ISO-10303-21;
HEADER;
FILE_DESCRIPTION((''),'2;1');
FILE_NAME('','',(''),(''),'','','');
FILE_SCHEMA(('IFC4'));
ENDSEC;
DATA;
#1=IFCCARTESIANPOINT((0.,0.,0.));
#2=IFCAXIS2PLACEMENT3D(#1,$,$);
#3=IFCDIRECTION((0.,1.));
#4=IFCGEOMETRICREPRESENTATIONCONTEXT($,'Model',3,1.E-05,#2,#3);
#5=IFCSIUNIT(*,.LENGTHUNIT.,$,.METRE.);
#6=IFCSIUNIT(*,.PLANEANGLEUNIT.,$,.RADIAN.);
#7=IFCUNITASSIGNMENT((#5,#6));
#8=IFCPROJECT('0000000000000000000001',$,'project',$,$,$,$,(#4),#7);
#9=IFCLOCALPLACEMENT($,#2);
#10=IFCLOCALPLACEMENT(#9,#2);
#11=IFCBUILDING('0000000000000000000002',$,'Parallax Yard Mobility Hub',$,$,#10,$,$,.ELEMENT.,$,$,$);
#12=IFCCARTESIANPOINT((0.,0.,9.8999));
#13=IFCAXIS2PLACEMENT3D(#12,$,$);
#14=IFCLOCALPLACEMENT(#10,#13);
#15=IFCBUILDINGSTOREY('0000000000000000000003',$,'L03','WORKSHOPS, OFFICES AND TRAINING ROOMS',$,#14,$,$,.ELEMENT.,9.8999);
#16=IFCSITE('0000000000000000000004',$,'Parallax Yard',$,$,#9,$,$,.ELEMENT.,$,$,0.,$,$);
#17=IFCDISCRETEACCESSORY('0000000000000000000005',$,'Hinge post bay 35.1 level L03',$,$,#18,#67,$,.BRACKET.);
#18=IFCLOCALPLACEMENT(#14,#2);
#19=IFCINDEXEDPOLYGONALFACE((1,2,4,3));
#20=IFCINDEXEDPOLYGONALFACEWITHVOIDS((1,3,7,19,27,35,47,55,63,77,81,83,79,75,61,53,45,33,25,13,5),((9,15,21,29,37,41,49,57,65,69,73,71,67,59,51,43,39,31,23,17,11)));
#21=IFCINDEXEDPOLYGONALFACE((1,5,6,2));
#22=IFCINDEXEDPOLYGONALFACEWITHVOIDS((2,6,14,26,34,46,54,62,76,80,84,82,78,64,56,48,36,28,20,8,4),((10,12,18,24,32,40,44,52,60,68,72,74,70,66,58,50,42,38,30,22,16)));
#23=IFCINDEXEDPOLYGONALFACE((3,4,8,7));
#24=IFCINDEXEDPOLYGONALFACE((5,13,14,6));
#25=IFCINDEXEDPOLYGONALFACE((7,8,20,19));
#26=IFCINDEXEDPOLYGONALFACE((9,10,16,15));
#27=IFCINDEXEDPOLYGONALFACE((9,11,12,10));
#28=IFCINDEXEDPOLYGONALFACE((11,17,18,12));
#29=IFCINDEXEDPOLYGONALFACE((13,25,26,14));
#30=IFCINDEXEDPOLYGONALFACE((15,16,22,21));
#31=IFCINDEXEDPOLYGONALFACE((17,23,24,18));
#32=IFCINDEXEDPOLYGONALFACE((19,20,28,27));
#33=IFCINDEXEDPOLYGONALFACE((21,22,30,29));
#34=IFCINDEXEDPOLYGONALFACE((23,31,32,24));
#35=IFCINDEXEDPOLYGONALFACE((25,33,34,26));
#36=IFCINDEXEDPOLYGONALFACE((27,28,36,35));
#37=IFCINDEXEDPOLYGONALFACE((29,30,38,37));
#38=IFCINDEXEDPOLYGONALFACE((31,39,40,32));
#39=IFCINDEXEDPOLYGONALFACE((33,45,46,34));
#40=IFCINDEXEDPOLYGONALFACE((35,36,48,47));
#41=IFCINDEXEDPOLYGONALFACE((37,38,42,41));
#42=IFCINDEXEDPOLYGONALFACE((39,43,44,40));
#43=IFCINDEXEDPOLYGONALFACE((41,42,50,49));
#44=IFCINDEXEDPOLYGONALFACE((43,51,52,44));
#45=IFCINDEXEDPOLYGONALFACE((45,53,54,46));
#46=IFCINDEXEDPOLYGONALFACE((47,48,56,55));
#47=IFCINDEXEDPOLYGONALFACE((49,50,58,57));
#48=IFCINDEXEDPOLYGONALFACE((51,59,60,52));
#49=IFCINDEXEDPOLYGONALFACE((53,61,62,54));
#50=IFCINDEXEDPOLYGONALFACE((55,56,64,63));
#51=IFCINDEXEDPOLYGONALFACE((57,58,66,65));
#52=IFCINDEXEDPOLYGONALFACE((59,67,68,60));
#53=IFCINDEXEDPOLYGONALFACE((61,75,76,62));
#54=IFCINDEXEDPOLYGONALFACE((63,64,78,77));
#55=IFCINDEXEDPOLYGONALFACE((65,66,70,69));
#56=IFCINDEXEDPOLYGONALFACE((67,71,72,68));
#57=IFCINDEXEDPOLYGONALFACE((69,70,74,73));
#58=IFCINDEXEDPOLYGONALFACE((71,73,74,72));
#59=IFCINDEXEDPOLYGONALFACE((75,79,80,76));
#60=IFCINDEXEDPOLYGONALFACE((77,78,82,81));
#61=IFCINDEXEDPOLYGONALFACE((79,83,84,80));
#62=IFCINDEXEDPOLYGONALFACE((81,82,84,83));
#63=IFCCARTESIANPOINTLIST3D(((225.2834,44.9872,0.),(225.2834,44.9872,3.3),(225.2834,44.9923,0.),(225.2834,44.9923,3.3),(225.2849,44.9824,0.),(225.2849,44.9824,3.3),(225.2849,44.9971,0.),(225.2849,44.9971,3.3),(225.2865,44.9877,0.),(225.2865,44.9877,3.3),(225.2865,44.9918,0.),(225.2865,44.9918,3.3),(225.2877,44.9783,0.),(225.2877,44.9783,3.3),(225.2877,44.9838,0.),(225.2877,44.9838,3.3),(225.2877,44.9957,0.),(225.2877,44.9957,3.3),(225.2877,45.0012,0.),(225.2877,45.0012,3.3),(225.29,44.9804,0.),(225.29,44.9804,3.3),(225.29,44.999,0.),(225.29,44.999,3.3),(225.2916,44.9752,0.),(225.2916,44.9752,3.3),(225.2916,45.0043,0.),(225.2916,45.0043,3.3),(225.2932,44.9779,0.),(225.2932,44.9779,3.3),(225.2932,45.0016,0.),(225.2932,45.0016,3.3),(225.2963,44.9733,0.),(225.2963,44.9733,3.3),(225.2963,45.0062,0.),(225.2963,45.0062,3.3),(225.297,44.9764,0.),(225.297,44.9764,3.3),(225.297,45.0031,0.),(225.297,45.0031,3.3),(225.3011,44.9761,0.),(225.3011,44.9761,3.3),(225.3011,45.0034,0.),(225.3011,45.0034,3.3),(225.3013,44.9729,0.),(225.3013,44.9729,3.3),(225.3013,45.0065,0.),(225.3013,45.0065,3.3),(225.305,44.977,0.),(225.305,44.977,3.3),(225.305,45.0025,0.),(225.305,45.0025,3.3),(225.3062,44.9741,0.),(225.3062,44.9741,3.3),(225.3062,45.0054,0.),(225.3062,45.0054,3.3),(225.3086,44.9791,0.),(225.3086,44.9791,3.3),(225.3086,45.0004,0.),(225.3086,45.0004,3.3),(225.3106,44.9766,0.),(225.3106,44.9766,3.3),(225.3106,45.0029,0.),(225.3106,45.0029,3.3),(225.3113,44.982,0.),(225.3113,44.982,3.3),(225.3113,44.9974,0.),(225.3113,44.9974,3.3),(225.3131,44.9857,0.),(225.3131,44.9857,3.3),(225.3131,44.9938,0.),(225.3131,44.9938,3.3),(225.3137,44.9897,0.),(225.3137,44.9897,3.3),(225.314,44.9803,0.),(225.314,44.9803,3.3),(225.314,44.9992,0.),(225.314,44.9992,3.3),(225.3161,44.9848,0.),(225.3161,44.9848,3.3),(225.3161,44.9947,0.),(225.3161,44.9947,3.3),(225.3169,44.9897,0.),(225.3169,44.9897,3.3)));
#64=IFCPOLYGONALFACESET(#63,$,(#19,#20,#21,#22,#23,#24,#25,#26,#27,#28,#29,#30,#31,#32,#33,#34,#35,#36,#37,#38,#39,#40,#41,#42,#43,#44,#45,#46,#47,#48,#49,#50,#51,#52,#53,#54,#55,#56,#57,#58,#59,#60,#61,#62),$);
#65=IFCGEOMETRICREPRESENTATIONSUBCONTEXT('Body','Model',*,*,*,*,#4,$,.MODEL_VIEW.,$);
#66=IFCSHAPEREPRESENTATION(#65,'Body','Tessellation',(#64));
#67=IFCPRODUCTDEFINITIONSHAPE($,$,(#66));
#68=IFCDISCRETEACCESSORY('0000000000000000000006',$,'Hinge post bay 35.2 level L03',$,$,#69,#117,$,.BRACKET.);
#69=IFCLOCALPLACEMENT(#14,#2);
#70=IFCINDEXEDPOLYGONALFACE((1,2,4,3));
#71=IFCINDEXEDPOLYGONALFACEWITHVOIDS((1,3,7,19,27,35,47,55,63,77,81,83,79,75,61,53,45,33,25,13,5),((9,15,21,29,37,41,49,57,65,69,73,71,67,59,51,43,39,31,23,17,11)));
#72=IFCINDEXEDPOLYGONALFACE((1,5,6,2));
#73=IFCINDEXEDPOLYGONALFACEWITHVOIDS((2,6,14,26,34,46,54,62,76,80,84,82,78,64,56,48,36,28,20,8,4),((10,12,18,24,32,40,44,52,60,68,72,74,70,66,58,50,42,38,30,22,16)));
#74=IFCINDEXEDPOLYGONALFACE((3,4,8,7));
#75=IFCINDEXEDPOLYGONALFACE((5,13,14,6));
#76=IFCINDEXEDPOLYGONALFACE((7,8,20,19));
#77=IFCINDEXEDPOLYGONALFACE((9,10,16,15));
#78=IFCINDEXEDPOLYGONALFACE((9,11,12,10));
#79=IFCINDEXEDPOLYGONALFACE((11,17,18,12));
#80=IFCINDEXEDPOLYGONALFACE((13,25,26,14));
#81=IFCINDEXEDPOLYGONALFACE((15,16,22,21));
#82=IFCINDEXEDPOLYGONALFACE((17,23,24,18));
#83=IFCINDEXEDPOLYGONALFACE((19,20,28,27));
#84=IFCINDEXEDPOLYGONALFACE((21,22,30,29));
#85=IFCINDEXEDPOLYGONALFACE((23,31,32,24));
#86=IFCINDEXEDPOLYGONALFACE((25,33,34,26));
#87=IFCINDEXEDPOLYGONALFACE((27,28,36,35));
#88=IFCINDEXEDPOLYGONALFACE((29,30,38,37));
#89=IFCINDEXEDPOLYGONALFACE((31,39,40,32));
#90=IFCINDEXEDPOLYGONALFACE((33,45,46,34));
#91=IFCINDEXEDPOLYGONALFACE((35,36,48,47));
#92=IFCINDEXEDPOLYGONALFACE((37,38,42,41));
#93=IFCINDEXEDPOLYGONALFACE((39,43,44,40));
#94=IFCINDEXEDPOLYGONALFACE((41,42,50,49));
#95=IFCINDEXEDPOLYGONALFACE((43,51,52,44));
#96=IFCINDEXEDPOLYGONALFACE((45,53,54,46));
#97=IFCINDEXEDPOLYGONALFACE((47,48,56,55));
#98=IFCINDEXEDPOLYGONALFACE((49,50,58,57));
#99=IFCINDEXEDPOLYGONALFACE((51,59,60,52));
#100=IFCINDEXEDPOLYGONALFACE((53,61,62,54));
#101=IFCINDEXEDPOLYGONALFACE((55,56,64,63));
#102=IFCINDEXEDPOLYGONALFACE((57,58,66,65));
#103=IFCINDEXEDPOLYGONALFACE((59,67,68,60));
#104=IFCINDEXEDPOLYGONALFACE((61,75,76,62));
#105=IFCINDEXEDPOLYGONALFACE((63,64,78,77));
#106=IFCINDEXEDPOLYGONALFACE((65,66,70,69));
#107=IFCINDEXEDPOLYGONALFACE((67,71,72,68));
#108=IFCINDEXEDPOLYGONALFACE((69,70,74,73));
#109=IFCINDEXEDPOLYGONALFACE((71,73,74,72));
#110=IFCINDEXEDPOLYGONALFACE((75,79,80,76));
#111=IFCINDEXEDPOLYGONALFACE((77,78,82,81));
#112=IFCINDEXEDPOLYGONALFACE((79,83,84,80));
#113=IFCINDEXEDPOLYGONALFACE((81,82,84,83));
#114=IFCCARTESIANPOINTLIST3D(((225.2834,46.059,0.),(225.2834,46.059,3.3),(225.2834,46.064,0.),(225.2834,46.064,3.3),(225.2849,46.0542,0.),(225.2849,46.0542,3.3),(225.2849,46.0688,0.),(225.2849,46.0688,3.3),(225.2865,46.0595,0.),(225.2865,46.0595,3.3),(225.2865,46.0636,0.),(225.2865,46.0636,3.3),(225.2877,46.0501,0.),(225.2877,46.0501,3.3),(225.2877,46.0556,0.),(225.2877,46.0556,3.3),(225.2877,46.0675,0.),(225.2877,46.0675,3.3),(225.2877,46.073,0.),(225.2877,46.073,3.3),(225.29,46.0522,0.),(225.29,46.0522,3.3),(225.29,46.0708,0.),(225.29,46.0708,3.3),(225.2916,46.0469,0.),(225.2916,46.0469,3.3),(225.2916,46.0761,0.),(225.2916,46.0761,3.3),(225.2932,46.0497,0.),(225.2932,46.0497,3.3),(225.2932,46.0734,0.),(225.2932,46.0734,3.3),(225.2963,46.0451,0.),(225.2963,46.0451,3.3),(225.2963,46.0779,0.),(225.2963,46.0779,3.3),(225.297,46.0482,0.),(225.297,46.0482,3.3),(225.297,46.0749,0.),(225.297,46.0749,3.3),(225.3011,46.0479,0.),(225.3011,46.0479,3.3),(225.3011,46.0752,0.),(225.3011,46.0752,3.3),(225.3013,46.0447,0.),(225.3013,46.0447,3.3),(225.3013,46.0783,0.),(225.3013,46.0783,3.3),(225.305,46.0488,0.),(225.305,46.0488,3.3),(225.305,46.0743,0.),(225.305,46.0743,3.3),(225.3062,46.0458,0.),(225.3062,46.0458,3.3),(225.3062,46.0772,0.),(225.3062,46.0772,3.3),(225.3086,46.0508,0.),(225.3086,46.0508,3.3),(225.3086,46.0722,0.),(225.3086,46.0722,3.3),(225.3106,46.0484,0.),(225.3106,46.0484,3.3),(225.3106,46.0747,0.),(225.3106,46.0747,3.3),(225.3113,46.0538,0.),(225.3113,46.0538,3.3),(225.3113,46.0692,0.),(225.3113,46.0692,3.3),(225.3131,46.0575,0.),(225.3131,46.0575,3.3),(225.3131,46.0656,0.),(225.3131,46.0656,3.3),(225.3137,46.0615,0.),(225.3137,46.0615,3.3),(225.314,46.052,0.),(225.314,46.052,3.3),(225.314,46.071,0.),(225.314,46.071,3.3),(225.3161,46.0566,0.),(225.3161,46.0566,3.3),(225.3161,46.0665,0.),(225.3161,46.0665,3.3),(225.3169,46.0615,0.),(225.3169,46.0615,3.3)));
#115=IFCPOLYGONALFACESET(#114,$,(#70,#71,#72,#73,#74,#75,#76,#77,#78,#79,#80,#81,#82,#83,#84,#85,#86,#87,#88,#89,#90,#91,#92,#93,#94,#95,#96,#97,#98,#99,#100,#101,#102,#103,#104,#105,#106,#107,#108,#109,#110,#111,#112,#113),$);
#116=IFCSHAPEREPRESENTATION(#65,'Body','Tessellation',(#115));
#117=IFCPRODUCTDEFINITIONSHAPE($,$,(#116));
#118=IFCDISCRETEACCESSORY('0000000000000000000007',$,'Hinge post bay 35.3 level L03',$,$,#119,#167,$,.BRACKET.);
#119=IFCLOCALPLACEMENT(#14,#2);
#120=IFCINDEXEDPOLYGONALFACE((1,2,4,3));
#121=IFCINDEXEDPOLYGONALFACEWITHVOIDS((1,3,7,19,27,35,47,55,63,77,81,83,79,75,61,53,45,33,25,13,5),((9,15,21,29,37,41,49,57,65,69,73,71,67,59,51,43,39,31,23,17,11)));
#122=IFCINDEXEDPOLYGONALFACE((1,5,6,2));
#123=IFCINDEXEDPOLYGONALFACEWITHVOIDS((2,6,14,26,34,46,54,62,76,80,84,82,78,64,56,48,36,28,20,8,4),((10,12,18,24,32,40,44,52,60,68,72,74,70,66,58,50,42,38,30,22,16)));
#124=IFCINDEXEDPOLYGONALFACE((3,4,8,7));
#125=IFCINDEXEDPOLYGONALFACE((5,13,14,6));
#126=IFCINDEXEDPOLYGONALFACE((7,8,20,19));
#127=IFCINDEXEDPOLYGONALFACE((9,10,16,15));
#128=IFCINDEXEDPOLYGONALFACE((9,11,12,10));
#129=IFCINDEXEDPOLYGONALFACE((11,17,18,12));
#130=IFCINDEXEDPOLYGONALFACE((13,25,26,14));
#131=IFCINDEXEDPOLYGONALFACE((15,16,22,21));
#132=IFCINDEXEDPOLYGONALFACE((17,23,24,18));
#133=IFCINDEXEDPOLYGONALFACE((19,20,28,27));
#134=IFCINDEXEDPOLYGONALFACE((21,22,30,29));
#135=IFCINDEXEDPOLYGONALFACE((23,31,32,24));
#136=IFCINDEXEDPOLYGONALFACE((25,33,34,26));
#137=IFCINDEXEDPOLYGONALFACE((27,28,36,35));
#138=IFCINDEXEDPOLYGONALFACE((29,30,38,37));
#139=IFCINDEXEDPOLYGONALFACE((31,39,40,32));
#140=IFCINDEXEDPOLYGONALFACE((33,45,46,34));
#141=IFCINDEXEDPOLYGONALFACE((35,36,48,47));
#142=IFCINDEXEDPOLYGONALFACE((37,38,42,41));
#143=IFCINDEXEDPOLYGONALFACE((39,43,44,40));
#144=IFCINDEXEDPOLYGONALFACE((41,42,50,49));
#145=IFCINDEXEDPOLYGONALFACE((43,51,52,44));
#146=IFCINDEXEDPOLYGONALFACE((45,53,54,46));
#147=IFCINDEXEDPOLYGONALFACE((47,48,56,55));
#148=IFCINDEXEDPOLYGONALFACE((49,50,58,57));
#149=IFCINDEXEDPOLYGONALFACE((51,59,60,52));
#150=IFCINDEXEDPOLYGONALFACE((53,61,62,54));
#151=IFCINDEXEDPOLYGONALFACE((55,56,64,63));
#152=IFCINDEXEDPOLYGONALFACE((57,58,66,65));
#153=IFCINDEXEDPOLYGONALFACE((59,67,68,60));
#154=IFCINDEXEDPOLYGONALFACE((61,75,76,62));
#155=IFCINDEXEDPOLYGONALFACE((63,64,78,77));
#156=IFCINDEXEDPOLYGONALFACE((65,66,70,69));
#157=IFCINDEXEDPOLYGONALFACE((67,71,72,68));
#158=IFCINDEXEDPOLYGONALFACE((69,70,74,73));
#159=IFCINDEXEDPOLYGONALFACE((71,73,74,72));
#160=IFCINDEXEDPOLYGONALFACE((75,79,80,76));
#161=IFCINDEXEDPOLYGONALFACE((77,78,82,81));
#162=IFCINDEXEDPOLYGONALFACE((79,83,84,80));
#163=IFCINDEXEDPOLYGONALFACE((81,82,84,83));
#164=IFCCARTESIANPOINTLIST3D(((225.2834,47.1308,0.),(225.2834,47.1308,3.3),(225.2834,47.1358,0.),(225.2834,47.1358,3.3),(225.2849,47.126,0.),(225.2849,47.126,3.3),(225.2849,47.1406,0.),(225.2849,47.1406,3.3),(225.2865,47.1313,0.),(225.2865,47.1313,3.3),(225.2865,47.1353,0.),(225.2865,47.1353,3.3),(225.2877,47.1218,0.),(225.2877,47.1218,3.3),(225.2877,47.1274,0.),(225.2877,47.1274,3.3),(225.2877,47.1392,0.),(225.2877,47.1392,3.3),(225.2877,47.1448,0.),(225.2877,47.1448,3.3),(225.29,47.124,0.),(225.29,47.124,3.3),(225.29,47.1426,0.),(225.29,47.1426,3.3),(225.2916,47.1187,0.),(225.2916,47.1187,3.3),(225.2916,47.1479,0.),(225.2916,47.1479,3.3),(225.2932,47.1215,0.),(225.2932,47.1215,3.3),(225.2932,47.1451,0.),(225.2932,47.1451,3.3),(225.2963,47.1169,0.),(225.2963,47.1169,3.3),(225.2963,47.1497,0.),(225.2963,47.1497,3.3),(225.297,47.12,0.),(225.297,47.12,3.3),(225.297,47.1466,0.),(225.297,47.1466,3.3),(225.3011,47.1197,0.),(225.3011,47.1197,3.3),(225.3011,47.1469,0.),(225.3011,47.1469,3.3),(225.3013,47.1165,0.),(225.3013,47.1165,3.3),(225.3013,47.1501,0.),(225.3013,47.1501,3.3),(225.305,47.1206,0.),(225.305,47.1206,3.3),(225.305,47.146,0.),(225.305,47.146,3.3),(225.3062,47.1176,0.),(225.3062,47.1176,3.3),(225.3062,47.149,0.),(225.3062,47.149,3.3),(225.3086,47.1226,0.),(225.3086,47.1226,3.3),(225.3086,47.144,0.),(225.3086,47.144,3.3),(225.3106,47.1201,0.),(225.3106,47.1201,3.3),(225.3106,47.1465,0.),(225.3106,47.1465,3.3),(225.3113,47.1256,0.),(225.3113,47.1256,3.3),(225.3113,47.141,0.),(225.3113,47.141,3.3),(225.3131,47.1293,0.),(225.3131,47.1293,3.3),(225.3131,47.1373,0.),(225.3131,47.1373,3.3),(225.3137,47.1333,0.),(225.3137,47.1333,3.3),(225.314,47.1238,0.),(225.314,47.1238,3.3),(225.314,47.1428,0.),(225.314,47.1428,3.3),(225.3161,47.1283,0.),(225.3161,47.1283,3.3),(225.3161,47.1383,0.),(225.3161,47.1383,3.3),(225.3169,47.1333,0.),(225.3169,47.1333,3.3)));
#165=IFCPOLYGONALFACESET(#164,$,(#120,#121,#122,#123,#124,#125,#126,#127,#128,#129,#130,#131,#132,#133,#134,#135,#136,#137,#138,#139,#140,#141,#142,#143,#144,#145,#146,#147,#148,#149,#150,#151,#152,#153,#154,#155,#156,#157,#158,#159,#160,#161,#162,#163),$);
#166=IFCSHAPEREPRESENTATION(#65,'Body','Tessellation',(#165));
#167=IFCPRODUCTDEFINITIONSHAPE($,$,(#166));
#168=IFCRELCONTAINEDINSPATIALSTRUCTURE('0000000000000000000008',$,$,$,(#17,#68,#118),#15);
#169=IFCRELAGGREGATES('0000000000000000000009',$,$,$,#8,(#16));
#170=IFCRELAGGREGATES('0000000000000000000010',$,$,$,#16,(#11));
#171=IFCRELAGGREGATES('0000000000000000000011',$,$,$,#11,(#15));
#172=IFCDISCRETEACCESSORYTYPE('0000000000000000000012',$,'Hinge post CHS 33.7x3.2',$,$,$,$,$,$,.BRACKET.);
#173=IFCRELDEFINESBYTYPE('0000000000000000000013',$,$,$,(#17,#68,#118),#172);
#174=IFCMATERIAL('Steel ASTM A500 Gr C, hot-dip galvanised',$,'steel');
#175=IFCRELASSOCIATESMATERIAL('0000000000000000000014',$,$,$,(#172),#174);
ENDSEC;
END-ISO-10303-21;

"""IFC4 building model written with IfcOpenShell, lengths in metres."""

from ifc_helpers import new_model, si_unit, direction, frame, origin, origin_2d, place, context, subcontext, project, spatial, hollow_circle, extrude, material, material_profile, profile_set, type_object, element, save


model = new_model("IFC4")

# Units and contexts
model_context = context("Model", 3, precision=1e-05, world=origin(), true_north=direction((0.0, 1.0)))
body_context = subcontext(model_context, "Body", "Model", "MODEL_VIEW")
ifc_project = project(units=[si_unit("LENGTHUNIT", "METRE"), si_unit("PLANEANGLEUNIT", "RADIAN")], contexts=[model_context])

# Site, building, storey
site_placement = place(None, origin())
site = spatial("IfcSite", under=ifc_project, at=site_placement, Name="Parallax Yard", CompositionType="ELEMENT", RefElevation=0.0)
building_placement = place(site_placement, origin())
building = spatial("IfcBuilding", under=site, at=building_placement, Name="Parallax Yard Mobility Hub", CompositionType="ELEMENT")
storey_placement = place(building_placement, frame((0.0, 0.0, 9.8999)))
storey = spatial("IfcBuildingStorey", under=building, at=storey_placement, Name="L03", Description="WORKSHOPS, OFFICES AND TRAINING ROOMS", CompositionType="ELEMENT", Elevation=9.8999)

# Discrete accessories
ifc_material_1 = material(Name="Steel ASTM A500 Gr C, hot-dip galvanised", Category="steel")
ifc_material_profile_1 = material_profile(ifc_material_1, hollow_circle(Radius=0.0168, WallThickness=0.0032, at=origin_2d()), Name="CHS 33.7x3.2")
ifc_profile_set_1 = profile_set([ifc_material_profile_1], Name="Steel ASTM A500 Gr C, hot-dip galvanised")
discrete_accessory_type_1 = type_object("IfcDiscreteAccessoryType", Name="Hinge post CHS 33.7x3.2", PredefinedType="BRACKET", material=ifc_profile_set_1)
for number, where, z_axis, x_axis, name in (
    (1, (225.3, 44.9897, 0.0), (0.0, 0.0, 1.0), (1.0, 0.0, 0.0), "Hinge post bay 35.1 level L03"),
    (2, (225.3, 46.0615, 0.0), (0.0, 0.0, 1.0), (1.0, 0.0, 0.0), "Hinge post bay 35.2 level L03"),
    (3, (225.3, 47.1333, 0.0), (0.0, 0.0, 1.0), (1.0, 0.0, 0.0), "Hinge post bay 35.3 level L03"),
):
    element("IfcDiscreteAccessory", number, at=place(storey_placement, frame(where, z_axis=z_axis, x_axis=x_axis)), inside=storey, type_object=discrete_accessory_type_1, Name=name, PredefinedType="BRACKET", context=body_context, shape_type="SweptSolid", body=[
        extrude(hollow_circle(Radius=0.0168, WallThickness=0.0032, at=origin_2d()), origin(), (0.0, 0.0, 1.0), 3.3),
    ])

save(model, "model.ifc")
